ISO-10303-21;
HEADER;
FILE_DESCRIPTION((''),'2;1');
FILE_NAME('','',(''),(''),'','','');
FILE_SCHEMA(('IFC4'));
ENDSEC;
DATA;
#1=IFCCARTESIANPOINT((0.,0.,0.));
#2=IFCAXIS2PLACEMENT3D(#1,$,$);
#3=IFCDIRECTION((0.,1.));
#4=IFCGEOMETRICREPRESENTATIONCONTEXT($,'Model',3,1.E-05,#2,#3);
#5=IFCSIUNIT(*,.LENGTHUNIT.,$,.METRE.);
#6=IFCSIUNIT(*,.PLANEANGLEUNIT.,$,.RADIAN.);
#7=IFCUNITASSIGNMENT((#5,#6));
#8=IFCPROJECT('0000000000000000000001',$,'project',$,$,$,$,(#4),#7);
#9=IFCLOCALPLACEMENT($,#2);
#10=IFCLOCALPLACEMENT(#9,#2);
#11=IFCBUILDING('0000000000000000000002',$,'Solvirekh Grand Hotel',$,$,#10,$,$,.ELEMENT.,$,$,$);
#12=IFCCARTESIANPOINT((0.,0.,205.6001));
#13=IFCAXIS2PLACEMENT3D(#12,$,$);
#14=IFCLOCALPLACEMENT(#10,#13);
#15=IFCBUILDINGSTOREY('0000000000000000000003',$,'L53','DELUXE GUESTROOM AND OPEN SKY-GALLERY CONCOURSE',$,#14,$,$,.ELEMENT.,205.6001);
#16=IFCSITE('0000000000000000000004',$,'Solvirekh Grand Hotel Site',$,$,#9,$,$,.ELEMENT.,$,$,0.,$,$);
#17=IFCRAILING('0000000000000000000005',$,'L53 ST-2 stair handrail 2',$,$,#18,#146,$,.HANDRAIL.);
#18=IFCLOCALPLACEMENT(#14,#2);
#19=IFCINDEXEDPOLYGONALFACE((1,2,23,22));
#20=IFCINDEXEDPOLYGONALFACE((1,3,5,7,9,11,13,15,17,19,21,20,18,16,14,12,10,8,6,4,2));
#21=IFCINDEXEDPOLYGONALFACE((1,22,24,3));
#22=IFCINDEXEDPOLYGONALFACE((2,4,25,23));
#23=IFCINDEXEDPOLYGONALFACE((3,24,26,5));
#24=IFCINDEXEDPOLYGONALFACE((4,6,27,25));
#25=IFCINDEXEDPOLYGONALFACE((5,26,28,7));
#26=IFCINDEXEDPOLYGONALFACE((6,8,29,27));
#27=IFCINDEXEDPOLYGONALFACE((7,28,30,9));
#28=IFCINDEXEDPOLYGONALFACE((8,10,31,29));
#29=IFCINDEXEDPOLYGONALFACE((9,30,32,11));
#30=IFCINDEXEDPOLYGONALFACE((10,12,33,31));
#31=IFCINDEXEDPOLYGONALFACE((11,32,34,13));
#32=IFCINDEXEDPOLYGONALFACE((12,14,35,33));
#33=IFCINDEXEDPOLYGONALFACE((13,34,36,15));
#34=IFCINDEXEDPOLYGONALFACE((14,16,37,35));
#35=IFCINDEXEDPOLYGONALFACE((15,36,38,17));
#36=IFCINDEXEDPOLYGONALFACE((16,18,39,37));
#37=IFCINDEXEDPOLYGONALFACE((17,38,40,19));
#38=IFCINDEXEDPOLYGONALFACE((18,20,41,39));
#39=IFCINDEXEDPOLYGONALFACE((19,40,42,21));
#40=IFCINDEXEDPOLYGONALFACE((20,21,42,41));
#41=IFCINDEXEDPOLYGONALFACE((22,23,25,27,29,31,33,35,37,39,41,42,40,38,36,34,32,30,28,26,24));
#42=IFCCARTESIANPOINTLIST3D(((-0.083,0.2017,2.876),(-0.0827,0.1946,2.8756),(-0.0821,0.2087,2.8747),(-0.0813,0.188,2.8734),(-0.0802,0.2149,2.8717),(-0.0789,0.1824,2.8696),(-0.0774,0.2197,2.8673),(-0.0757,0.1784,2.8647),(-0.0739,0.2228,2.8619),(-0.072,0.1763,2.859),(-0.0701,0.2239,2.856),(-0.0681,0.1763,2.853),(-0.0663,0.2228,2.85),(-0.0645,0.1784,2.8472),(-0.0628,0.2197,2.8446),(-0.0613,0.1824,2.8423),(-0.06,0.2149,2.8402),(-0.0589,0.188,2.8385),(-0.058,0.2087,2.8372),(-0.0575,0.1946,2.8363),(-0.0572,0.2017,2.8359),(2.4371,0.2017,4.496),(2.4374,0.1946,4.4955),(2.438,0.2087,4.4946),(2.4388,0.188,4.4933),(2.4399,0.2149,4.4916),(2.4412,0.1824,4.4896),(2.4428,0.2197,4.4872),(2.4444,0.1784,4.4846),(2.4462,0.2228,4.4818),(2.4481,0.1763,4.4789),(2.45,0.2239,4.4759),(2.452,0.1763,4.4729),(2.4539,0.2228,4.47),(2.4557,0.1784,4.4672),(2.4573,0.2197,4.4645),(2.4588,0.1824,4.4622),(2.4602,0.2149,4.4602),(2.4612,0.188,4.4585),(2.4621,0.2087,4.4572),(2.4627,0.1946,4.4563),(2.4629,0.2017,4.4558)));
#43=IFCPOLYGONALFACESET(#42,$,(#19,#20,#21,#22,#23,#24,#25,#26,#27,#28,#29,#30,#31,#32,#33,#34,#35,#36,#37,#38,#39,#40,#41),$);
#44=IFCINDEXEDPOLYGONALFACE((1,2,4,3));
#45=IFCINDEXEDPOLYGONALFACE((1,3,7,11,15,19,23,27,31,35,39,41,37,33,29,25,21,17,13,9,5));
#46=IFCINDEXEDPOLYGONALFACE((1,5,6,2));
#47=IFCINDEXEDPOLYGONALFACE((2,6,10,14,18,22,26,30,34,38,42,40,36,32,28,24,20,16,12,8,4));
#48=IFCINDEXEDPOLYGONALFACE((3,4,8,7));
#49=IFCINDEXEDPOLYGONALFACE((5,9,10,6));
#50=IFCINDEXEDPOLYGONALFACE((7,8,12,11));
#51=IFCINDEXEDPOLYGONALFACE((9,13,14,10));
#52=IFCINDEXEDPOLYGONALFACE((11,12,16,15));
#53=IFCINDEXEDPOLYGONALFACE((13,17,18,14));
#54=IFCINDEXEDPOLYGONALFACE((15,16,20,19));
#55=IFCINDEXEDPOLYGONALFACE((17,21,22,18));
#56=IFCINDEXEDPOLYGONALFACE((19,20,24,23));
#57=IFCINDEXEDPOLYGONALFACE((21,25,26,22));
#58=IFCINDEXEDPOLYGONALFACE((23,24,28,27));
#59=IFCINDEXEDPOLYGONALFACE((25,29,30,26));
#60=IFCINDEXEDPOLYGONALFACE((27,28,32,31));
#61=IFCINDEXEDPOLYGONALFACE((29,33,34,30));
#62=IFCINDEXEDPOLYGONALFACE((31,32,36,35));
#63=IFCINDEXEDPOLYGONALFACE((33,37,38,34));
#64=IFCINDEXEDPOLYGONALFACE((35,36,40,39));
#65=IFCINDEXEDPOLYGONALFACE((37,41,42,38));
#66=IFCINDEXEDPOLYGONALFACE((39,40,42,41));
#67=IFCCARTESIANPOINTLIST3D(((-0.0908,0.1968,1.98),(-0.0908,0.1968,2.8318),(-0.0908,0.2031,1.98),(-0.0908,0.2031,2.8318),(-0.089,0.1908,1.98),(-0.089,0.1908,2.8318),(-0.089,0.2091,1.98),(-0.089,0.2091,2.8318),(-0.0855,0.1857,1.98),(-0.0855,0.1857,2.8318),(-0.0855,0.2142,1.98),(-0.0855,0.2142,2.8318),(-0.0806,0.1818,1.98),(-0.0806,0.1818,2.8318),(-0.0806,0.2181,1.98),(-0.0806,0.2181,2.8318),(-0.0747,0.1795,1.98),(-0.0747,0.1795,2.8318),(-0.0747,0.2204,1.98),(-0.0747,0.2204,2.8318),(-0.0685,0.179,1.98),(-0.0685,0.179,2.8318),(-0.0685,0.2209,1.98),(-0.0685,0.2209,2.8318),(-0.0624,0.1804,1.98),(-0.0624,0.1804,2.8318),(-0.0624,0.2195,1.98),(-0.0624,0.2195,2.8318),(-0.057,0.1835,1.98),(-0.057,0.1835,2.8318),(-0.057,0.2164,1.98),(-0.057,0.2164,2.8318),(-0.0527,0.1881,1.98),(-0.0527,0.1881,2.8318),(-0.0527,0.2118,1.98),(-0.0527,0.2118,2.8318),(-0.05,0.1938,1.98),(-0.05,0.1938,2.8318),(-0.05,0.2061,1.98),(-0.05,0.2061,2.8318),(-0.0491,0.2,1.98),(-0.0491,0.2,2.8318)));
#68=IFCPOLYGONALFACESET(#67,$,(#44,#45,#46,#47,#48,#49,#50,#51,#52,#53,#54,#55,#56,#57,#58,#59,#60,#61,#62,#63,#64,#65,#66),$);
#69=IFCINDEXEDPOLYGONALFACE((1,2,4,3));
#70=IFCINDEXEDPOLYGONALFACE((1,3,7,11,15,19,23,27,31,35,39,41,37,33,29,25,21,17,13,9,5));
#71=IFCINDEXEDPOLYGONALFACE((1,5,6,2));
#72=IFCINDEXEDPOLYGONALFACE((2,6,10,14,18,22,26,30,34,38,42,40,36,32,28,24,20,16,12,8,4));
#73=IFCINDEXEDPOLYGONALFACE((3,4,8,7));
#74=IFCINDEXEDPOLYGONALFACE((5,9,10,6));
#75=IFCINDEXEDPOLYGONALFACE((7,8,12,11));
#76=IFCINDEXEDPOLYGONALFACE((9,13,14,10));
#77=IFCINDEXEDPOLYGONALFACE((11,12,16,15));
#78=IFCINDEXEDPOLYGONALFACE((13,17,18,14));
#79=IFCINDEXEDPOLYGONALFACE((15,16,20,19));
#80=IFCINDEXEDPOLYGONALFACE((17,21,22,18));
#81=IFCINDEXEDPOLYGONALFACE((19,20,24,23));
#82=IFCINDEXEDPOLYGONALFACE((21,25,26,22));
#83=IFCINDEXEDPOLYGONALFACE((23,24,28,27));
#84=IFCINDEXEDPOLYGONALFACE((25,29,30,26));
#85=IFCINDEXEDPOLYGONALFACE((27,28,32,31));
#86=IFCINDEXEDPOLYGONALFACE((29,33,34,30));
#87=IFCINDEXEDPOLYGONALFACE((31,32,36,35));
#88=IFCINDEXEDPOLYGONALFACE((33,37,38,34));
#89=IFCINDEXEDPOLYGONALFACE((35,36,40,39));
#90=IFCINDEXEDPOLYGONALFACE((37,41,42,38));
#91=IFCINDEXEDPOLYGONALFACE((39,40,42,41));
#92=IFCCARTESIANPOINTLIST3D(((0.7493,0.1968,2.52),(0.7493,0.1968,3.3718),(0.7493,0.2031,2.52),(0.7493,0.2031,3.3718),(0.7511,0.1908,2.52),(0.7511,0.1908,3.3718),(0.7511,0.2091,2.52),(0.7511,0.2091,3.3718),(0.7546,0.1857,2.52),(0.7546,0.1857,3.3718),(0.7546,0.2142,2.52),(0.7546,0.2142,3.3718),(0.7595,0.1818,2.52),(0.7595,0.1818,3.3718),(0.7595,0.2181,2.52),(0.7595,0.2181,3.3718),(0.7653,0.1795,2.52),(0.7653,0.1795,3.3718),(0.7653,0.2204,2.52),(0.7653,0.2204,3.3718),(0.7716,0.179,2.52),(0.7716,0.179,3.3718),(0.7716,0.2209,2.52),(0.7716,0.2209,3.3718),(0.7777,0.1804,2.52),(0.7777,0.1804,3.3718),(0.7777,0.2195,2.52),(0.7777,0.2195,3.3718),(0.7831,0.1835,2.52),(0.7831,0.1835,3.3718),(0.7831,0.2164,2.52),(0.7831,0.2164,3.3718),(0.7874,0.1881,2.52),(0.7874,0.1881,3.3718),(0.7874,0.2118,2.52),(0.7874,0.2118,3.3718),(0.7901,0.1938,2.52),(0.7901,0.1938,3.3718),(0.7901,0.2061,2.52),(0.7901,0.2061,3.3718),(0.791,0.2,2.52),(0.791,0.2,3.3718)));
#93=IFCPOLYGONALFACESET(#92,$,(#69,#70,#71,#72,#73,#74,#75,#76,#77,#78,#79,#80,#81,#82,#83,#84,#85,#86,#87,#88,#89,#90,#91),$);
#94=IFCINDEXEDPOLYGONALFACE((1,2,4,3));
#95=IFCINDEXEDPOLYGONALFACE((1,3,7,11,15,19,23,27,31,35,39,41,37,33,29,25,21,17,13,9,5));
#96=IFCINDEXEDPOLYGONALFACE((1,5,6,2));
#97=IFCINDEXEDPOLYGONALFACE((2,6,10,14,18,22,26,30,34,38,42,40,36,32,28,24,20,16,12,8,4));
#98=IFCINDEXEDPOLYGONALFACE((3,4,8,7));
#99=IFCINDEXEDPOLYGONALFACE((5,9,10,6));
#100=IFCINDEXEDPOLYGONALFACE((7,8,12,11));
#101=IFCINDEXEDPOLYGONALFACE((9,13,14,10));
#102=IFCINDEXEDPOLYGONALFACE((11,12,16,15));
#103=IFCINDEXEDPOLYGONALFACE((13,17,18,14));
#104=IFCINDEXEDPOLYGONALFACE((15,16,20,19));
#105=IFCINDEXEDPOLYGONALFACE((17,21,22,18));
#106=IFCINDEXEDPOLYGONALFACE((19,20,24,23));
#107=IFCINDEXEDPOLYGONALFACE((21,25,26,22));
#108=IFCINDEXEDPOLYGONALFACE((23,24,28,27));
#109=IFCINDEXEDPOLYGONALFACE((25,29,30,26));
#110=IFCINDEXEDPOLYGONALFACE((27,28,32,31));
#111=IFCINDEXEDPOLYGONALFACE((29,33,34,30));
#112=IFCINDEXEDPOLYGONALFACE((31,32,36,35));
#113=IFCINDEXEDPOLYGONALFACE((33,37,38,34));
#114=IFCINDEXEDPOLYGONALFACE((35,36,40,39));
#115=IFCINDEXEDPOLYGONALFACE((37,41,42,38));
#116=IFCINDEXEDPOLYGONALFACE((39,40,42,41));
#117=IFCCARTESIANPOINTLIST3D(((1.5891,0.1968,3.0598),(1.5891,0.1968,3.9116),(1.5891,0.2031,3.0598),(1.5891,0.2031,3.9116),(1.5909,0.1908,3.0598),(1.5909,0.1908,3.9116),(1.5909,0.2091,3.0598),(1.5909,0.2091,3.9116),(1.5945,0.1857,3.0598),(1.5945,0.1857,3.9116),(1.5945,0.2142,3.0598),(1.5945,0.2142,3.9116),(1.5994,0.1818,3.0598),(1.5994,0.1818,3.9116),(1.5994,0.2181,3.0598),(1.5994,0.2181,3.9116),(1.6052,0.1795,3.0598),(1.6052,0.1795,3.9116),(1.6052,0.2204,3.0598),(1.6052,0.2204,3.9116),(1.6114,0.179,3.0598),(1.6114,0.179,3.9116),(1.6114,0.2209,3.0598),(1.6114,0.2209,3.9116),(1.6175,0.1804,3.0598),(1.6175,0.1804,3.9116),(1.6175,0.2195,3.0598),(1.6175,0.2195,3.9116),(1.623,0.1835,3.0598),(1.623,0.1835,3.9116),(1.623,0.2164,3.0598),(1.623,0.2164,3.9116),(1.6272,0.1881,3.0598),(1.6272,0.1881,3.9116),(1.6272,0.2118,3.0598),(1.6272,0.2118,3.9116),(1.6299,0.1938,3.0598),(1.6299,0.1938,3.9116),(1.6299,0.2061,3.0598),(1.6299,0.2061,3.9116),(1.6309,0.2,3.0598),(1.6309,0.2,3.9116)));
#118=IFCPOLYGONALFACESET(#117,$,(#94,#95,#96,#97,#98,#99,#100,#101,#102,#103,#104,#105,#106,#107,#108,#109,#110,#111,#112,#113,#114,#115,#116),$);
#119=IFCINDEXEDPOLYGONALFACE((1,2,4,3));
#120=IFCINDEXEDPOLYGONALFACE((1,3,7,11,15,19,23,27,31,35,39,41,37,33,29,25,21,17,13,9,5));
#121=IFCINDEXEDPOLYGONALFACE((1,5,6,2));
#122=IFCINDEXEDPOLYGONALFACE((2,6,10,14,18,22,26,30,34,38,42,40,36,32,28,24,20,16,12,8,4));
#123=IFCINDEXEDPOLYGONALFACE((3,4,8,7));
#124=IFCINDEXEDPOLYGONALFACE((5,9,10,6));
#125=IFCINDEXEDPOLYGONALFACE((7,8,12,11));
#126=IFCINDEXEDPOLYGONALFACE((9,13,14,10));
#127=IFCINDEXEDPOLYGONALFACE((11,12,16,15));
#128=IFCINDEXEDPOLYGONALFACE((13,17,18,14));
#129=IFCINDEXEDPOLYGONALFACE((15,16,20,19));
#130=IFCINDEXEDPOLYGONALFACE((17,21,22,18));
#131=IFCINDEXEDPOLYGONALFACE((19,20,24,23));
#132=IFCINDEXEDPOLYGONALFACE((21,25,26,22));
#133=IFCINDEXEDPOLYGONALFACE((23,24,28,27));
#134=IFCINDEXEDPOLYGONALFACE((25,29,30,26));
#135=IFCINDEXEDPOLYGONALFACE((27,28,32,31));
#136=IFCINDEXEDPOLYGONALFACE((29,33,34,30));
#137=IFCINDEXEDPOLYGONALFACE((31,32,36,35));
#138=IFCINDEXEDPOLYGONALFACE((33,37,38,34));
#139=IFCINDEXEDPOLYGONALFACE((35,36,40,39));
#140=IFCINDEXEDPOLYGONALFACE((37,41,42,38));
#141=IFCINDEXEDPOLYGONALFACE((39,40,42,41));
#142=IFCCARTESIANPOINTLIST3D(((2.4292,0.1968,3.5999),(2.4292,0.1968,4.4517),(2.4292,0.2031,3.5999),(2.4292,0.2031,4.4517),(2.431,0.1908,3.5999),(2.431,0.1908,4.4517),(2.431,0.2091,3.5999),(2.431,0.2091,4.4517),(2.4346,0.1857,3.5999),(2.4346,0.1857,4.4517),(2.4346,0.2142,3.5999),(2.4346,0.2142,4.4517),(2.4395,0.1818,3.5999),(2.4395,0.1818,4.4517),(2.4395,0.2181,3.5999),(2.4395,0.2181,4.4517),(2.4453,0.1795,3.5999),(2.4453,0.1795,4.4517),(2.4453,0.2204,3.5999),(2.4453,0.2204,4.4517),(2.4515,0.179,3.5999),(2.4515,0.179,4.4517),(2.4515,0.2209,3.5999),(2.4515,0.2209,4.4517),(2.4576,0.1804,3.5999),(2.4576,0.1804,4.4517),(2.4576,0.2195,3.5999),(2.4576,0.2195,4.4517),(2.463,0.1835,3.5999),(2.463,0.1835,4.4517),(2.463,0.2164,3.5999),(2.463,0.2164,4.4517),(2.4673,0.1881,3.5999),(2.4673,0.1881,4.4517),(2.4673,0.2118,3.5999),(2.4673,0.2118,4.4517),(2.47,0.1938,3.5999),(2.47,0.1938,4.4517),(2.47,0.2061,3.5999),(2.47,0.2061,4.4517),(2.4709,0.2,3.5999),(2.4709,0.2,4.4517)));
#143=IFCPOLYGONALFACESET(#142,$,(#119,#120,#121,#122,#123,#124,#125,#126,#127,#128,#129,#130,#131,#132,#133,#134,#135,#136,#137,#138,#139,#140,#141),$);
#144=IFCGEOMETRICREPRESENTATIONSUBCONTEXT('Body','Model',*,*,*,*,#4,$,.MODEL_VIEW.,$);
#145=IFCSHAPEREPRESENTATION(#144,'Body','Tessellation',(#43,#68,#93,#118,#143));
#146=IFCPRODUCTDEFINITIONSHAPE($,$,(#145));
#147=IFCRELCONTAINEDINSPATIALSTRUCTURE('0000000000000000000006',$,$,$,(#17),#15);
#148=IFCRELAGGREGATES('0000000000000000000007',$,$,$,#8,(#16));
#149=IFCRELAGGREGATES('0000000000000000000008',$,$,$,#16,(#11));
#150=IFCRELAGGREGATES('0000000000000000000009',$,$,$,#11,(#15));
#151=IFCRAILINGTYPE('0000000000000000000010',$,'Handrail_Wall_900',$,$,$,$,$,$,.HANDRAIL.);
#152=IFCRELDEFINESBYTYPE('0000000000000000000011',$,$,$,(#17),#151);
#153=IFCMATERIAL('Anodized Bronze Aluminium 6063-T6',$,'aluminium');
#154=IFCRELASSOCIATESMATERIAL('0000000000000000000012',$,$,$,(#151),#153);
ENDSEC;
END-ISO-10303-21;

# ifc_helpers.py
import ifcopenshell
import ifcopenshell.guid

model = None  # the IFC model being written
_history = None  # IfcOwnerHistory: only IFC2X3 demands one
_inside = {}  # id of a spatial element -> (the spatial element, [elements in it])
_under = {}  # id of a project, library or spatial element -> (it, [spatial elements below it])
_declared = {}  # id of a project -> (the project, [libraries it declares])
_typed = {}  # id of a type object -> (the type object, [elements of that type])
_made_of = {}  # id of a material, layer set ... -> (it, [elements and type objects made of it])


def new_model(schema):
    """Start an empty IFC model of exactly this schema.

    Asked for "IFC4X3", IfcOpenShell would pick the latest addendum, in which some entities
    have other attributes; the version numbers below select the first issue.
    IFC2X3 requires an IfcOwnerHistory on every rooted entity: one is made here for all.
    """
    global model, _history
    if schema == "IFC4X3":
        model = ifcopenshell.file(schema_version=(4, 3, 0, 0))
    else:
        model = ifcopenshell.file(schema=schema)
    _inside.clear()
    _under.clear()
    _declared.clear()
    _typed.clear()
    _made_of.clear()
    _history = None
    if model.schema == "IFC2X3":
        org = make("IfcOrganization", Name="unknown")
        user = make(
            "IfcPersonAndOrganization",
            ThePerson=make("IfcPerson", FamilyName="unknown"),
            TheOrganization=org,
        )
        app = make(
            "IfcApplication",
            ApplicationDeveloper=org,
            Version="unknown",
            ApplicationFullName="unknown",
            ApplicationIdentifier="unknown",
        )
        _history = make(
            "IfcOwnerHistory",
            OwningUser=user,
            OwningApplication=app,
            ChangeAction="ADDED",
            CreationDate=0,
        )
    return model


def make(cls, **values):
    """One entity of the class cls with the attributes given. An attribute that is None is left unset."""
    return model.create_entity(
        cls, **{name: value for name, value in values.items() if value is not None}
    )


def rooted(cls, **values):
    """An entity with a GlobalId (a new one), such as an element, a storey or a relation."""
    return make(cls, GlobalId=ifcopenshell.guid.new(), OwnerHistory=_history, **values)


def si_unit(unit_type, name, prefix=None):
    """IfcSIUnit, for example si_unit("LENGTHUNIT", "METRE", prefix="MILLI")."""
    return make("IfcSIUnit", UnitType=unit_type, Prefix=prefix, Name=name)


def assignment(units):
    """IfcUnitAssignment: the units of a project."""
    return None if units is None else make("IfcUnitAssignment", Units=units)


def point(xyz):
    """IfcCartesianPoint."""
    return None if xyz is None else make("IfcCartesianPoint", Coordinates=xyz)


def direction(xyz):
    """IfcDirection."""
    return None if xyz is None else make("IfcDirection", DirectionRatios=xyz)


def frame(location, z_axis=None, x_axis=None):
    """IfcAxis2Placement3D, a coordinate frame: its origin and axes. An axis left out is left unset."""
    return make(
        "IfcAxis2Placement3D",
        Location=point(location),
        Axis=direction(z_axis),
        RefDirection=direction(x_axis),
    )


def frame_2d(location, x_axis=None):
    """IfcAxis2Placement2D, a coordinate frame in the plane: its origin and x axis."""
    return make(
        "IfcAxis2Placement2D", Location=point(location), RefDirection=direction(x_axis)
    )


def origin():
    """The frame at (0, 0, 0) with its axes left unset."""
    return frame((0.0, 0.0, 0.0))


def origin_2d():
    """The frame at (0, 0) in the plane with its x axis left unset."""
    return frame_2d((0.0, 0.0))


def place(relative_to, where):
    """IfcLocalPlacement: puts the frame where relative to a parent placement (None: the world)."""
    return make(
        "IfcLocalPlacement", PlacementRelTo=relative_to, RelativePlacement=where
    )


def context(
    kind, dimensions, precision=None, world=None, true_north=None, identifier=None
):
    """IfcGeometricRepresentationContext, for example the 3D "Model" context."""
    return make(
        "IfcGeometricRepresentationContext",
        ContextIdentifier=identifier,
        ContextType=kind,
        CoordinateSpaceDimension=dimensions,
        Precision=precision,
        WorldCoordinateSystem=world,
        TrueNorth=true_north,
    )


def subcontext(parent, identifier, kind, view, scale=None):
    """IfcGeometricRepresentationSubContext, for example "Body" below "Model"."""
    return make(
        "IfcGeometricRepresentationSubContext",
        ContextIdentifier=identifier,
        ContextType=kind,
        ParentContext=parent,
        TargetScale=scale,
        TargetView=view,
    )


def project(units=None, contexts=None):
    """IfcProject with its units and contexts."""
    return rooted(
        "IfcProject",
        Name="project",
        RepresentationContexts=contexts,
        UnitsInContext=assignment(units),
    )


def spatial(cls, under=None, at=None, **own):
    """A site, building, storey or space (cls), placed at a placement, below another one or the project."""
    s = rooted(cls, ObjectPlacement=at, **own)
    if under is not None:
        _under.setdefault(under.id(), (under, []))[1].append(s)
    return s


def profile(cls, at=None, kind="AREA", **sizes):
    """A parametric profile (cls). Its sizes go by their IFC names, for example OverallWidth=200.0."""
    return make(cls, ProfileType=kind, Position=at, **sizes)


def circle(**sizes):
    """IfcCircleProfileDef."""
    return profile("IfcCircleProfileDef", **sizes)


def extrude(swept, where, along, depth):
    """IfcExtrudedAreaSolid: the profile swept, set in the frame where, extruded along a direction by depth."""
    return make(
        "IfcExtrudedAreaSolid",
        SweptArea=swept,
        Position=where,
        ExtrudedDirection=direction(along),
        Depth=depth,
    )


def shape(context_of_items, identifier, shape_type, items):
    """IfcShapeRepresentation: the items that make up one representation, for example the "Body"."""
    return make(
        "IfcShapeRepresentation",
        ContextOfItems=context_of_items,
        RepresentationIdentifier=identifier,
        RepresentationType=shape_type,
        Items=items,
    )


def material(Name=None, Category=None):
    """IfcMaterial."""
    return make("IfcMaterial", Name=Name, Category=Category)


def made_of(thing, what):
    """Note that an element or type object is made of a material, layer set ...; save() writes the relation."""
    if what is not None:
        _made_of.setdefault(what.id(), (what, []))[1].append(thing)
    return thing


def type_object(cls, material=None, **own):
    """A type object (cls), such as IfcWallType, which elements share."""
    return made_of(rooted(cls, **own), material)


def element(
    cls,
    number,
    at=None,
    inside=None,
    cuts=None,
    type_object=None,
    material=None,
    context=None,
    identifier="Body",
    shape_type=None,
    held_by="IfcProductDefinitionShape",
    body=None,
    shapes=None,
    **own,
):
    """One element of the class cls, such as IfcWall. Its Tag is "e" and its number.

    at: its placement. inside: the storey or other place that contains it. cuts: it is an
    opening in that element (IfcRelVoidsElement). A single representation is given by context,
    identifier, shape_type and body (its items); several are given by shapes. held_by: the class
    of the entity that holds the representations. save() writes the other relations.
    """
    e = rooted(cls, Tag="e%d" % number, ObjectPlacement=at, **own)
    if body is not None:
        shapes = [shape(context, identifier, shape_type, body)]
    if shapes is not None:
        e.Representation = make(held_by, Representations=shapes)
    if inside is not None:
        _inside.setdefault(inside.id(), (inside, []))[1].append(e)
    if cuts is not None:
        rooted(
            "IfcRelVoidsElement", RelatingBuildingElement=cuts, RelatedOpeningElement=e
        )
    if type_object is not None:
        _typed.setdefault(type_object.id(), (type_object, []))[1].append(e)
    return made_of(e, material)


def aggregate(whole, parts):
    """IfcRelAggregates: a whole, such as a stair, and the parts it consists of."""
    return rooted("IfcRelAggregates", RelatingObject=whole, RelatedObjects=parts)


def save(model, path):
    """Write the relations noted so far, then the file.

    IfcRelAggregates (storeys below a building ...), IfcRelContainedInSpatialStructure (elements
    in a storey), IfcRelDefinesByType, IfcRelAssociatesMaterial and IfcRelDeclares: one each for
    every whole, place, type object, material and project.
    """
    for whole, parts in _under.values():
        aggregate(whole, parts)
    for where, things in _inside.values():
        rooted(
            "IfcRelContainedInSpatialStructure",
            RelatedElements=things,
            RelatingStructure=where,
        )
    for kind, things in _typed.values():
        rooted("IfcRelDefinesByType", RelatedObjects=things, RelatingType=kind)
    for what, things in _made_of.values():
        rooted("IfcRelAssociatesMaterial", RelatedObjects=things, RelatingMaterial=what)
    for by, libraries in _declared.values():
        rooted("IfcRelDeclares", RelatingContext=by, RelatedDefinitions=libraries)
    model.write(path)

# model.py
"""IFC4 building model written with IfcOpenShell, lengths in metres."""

from ifc_helpers import new_model, si_unit, direction, frame, origin, origin_2d, place, context, subcontext, project, spatial, circle, extrude, material, type_object, element, save


model = new_model("IFC4")

# Units and contexts
model_context = context("Model", 3, precision=1e-05, world=origin(), true_north=direction((0.0, 1.0)))
body_context = subcontext(model_context, "Body", "Model", "MODEL_VIEW")
ifc_project = project(units=[si_unit("LENGTHUNIT", "METRE"), si_unit("PLANEANGLEUNIT", "RADIAN")], contexts=[model_context])

# Site, building, storey
site_placement = place(None, origin())
site = spatial("IfcSite", under=ifc_project, at=site_placement, Name="Solvirekh Grand Hotel Site", CompositionType="ELEMENT", RefElevation=0.0)
building_placement = place(site_placement, origin())
building = spatial("IfcBuilding", under=site, at=building_placement, Name="Solvirekh Grand Hotel", CompositionType="ELEMENT")
storey_placement = place(building_placement, frame((0.0, 0.0, 205.6001)))
storey = spatial("IfcBuildingStorey", under=building, at=storey_placement, Name="L53", Description="DELUXE GUESTROOM AND OPEN SKY-GALLERY CONCOURSE", CompositionType="ELEMENT", Elevation=205.6001)

# Shared definitions
ifc_material_1 = material(Name="Anodized Bronze Aluminium 6063-T6", Category="aluminium")

# Railing
railing_type_1 = type_object("IfcRailingType", Name="Handrail_Wall_900", PredefinedType="HANDRAIL", material=ifc_material_1)
railing_1_placement = place(storey_placement, frame((-0.0701, 0.2, 1.98)))
element("IfcRailing", 1, at=railing_1_placement, inside=storey, type_object=railing_type_1, Name="L53 ST-2 stair handrail 2", PredefinedType="HANDRAIL", context=body_context, shape_type="SweptSolid", body=[
    extrude(circle(Radius=0.0239, at=origin_2d()), frame((0.0, 0.0, 0.876), z_axis=(0.8412, 0.0, 0.540725), x_axis=(0.0, 1.0, 0.0)), (0.0, 0.0, 1.0), 2.9958),
    extrude(circle(Radius=0.021, at=origin_2d()), origin(), (0.0, 0.0, 1.0), 0.8518),
    extrude(circle(Radius=0.021, at=origin_2d()), frame((0.8401, 0.0, 0.54)), (0.0, 0.0, 1.0), 0.8518),
    extrude(circle(Radius=0.021, at=origin_2d()), frame((1.6799, 0.0, 1.0798)), (0.0, 0.0, 1.0), 0.8518),
    extrude(circle(Radius=0.021, at=origin_2d()), frame((2.52, 0.0, 1.6199)), (0.0, 0.0, 1.0), 0.8518),
])

save(model, "model.ifc")
